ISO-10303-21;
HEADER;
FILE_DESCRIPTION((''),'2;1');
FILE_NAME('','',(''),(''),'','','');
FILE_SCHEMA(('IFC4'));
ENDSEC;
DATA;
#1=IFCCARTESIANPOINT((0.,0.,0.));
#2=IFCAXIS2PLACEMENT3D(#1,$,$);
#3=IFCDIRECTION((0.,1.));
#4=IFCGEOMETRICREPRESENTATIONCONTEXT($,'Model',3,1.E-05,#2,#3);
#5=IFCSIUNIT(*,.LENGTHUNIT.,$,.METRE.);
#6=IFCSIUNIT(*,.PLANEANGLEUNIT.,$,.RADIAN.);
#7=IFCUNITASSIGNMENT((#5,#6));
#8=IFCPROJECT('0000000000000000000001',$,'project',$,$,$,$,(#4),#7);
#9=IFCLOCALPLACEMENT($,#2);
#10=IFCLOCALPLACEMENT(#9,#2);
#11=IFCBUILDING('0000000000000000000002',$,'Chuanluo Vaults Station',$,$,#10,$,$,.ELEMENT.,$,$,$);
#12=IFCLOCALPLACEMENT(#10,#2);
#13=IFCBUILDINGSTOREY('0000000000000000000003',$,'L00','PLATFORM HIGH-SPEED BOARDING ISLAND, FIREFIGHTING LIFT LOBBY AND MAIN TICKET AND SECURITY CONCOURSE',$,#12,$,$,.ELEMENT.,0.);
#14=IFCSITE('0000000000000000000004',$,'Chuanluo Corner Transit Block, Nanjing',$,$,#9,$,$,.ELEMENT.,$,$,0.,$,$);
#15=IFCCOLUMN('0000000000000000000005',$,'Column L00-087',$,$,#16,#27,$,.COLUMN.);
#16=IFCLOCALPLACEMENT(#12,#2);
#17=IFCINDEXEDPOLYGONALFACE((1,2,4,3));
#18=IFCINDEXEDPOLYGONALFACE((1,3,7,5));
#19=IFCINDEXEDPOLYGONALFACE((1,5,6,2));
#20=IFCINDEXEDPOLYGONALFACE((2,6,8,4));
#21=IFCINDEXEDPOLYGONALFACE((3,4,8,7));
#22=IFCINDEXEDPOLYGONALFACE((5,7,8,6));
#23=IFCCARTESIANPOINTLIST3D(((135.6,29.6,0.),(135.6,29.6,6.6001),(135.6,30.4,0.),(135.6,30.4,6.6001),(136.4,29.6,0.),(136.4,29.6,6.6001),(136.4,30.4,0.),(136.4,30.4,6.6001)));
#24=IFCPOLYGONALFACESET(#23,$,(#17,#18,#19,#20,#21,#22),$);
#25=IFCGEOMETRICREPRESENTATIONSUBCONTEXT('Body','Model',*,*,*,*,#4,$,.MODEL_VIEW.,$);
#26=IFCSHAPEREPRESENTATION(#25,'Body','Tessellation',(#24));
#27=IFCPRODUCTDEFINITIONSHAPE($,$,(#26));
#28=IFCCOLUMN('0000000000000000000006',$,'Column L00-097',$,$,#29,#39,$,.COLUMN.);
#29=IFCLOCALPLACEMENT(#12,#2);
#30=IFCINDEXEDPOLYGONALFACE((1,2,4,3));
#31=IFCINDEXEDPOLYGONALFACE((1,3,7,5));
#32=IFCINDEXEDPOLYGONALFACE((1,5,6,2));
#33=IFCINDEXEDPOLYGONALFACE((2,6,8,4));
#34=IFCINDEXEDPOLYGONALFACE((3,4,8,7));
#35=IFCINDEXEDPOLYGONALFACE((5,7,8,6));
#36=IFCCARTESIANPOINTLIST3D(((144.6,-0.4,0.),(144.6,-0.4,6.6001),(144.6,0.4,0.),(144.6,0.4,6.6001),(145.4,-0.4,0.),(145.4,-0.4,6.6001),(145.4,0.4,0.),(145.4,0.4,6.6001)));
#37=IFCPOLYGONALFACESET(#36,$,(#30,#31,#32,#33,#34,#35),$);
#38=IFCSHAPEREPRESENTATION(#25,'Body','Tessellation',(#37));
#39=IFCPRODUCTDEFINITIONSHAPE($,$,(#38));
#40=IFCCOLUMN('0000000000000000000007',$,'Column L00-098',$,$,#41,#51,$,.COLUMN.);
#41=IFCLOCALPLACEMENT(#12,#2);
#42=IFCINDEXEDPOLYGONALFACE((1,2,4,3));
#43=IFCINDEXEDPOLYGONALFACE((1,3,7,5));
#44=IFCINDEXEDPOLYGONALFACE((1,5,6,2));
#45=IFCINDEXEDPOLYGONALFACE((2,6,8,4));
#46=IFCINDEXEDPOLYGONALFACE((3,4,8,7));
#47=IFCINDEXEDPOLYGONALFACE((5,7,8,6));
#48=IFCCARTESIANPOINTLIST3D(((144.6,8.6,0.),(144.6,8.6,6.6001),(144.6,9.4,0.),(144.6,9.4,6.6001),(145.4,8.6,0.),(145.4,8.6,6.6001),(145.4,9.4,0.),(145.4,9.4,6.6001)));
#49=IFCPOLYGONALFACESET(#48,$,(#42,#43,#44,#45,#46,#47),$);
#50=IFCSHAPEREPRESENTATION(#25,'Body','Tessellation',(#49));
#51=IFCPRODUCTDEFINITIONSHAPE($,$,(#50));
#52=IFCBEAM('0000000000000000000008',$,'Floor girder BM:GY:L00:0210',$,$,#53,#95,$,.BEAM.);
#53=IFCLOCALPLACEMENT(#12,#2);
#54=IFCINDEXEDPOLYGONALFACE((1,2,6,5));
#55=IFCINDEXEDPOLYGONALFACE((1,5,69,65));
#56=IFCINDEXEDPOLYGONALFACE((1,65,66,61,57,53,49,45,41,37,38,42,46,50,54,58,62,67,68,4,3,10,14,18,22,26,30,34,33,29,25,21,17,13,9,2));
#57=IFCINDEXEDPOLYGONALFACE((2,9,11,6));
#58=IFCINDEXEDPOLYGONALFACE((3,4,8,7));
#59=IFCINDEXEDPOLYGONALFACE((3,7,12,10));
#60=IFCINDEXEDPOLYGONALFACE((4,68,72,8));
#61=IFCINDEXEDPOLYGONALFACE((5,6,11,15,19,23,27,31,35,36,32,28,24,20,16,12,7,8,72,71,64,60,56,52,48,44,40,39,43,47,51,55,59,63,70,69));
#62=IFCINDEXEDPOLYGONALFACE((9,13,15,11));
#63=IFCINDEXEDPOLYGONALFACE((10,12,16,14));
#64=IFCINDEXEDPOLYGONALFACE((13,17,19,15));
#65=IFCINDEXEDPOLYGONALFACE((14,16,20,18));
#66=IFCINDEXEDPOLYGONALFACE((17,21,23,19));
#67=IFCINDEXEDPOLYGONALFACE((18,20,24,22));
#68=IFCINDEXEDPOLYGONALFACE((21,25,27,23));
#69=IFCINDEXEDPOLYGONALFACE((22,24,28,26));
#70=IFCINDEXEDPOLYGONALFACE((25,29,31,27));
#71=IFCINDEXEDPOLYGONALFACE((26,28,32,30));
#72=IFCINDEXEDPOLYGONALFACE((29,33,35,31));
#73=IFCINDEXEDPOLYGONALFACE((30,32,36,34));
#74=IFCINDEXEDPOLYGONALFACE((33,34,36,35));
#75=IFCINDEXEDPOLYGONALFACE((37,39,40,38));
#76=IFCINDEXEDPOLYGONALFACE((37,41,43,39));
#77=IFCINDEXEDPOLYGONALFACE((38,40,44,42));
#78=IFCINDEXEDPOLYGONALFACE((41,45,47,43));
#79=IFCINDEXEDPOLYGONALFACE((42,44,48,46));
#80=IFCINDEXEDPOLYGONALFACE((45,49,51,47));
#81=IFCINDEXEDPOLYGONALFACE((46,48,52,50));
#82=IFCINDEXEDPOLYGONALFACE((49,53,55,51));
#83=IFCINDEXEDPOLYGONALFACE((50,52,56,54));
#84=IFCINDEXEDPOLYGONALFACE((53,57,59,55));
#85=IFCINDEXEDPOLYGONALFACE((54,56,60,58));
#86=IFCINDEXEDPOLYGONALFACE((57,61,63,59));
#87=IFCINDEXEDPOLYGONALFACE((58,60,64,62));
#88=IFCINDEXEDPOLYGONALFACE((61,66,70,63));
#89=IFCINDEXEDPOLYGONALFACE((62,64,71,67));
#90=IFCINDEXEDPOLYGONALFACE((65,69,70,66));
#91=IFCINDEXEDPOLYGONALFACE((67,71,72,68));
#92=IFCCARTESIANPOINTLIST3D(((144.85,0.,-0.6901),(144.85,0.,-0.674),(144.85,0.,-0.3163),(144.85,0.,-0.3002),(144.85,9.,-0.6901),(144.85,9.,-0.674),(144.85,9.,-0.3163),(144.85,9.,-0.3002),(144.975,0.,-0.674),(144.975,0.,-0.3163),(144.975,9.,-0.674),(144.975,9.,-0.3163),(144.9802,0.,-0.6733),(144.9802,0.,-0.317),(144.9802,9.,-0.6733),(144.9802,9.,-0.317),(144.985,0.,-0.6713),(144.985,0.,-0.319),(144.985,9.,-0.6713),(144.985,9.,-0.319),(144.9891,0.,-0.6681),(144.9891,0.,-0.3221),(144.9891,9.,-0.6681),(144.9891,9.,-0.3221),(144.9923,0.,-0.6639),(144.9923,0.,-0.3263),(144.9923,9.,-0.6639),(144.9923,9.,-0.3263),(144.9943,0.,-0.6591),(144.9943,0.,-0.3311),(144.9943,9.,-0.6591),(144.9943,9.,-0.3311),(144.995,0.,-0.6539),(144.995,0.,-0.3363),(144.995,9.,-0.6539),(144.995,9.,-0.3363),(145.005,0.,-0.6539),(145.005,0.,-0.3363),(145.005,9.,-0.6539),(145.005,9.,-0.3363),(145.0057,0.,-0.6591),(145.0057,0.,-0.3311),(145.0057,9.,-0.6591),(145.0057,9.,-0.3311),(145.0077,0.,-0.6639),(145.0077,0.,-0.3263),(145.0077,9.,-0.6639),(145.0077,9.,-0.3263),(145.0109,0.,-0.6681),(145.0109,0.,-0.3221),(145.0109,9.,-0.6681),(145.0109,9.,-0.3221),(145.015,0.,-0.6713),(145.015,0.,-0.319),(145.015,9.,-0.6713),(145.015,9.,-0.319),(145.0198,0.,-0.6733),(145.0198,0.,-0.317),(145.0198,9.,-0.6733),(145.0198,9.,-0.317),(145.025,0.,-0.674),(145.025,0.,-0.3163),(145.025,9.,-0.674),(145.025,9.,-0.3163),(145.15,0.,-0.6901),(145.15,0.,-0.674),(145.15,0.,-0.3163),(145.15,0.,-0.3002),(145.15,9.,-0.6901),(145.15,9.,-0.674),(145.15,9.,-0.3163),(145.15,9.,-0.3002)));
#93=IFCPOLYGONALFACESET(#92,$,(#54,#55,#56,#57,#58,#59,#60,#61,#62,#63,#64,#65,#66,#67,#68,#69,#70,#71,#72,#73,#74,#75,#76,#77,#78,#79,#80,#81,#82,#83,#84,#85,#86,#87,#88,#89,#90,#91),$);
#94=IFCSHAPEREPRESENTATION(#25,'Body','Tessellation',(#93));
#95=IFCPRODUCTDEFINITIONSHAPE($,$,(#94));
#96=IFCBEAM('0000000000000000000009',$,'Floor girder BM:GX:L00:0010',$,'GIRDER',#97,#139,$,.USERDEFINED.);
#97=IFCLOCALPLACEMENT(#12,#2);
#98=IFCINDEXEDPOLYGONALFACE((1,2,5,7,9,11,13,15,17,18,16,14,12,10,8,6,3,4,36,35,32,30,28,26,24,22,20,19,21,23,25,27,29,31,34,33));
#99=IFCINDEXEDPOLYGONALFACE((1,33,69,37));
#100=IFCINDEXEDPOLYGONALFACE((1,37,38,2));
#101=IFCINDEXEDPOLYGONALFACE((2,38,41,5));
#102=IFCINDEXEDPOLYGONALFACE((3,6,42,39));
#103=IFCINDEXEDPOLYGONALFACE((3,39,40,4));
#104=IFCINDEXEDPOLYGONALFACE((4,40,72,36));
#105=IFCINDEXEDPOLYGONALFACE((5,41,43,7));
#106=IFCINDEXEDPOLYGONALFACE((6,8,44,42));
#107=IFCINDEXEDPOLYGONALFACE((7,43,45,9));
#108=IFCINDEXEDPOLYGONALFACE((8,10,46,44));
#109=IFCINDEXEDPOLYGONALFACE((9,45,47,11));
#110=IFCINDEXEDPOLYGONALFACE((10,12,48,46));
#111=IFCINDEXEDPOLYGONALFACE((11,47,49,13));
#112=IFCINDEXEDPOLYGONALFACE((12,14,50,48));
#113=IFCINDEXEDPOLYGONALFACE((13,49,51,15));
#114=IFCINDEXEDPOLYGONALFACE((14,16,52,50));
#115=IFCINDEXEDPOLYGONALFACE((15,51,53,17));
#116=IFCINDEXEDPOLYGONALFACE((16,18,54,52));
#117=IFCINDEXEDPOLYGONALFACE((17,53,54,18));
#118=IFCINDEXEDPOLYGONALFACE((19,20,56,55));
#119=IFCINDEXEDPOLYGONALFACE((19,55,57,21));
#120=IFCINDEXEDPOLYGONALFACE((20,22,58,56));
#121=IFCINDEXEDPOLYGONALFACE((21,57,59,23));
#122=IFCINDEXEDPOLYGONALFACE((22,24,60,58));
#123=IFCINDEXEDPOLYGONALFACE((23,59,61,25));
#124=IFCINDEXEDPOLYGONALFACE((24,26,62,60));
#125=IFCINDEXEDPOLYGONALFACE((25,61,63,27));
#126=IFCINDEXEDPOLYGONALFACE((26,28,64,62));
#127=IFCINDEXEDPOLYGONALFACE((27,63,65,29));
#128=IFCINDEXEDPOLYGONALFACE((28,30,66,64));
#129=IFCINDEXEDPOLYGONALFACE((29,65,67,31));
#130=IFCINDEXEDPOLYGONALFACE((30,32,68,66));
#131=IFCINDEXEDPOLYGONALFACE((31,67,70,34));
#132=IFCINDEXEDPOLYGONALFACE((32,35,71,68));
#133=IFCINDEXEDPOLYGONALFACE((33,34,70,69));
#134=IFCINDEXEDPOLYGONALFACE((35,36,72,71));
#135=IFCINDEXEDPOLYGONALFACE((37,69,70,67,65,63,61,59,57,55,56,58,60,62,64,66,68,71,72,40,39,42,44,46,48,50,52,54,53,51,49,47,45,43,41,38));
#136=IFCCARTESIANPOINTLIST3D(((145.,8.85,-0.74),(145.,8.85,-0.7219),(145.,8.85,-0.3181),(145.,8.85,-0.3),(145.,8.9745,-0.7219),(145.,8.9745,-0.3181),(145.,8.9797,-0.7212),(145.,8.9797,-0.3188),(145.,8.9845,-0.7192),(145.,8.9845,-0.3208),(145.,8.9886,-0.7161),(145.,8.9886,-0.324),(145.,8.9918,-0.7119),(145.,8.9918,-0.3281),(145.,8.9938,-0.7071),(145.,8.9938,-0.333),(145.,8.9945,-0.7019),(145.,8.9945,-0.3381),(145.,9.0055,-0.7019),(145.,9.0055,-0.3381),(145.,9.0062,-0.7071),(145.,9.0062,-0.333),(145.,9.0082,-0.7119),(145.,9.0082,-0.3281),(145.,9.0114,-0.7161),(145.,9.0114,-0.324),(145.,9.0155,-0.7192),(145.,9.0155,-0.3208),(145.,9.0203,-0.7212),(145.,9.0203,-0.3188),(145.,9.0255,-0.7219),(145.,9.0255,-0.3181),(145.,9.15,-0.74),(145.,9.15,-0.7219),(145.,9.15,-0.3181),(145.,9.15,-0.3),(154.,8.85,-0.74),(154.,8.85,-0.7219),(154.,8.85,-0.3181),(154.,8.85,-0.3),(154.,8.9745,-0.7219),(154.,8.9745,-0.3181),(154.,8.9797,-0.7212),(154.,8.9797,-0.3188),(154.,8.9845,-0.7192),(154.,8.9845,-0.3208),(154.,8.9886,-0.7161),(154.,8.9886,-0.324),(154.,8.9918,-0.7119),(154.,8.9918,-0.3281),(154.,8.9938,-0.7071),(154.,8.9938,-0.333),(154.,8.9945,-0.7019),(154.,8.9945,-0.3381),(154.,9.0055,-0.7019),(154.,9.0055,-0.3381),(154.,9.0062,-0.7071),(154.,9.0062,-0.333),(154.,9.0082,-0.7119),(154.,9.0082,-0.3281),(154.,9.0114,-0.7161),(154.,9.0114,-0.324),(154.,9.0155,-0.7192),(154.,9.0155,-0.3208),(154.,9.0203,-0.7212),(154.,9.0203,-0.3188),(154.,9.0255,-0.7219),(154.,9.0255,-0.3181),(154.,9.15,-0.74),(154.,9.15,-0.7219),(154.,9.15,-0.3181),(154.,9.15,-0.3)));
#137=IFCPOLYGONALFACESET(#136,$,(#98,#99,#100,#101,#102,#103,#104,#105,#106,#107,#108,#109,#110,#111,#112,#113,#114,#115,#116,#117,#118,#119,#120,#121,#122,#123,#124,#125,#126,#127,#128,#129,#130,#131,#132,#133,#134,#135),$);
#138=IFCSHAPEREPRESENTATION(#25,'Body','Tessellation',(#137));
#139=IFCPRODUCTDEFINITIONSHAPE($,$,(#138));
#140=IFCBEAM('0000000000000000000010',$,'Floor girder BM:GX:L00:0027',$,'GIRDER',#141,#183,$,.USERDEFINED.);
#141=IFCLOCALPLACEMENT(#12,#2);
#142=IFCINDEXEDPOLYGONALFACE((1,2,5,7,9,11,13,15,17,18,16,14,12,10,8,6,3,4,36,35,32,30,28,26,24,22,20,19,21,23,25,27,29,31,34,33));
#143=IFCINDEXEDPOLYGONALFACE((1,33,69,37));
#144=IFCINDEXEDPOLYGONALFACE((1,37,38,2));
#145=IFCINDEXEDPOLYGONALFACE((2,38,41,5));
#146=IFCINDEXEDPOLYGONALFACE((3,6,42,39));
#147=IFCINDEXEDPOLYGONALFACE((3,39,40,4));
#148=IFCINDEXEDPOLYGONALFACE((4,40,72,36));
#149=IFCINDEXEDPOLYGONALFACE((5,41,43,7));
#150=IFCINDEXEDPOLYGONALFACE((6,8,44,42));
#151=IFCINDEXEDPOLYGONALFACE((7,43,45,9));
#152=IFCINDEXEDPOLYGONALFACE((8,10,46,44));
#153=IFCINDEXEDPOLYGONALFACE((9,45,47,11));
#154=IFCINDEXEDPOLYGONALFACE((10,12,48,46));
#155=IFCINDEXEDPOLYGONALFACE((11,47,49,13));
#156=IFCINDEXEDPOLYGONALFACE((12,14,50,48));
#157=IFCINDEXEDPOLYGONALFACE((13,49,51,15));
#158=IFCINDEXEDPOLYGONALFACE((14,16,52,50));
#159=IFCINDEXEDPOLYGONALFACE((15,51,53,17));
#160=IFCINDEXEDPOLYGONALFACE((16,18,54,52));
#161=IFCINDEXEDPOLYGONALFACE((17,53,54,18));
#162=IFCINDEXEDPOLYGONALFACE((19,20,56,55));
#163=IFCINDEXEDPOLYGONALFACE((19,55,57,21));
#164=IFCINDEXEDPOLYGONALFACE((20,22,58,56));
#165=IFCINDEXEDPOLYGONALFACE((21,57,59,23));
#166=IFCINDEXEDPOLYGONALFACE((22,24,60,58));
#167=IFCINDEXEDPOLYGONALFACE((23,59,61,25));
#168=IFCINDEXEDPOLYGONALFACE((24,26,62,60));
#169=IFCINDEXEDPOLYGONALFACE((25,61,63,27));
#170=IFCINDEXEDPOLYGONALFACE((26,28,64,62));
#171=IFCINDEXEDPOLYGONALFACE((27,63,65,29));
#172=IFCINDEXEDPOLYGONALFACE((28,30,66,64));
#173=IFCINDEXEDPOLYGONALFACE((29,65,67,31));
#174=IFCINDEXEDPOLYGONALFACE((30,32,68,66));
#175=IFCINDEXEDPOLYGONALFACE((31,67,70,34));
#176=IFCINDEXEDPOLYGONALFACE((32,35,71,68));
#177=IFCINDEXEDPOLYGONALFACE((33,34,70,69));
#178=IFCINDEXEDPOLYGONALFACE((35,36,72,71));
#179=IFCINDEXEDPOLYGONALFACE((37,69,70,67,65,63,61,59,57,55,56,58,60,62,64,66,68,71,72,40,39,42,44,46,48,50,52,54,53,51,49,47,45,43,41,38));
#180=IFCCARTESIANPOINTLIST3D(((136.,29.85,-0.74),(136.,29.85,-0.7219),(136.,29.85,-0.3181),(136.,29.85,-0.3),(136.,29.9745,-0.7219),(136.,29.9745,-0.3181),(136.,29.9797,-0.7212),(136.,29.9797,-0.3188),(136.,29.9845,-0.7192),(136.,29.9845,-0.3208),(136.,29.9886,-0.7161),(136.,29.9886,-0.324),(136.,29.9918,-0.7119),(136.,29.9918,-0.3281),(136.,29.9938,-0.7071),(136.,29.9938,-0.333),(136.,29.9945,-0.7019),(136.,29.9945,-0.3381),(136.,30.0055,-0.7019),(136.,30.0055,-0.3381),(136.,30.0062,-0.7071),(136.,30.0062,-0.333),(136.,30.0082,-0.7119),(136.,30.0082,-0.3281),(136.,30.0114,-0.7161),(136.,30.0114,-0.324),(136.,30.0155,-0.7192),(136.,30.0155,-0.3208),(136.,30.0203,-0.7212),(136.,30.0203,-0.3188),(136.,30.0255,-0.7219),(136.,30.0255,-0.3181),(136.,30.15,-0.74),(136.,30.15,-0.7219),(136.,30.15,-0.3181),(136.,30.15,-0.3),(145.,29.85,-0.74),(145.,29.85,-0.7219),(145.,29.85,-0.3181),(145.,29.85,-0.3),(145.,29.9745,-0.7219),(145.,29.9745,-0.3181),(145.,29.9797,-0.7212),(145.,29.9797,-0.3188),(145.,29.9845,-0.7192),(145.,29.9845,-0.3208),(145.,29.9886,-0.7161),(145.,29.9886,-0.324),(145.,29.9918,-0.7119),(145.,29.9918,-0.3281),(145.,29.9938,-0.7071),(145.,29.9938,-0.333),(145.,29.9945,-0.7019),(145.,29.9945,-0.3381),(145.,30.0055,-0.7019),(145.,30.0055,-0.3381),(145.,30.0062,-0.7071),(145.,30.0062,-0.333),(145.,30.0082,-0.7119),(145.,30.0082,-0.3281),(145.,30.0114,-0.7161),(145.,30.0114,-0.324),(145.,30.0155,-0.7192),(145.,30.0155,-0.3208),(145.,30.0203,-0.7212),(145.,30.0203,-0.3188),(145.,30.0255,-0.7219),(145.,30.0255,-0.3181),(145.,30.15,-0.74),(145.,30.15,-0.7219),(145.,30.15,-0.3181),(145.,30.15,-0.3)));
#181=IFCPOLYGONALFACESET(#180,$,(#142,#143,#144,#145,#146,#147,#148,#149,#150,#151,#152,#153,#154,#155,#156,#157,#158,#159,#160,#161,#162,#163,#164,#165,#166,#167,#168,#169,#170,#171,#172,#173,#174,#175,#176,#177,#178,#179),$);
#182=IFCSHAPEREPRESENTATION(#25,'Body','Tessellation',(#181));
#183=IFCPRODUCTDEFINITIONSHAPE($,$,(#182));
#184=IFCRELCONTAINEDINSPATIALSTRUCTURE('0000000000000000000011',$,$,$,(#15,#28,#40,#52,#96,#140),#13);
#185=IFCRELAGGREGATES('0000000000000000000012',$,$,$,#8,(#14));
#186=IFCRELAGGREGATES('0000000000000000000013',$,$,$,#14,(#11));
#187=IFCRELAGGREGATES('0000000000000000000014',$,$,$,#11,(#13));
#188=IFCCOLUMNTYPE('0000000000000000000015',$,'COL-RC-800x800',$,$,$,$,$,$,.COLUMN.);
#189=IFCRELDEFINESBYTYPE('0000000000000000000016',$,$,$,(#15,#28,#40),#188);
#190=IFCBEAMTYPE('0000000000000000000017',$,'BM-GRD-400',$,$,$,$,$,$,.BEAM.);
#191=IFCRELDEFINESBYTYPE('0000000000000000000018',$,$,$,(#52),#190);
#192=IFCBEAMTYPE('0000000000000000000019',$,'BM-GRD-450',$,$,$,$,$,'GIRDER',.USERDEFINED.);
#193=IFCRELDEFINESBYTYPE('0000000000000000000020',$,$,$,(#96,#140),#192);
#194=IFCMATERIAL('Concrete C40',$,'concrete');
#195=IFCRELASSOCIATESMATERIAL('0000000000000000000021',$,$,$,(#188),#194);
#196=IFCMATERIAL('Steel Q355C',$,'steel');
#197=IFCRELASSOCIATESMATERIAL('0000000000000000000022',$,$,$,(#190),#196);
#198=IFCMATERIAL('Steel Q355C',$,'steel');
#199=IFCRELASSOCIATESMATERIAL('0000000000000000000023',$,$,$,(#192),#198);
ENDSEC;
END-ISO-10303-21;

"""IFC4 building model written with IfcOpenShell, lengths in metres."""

from ifc_helpers import new_model, si_unit, direction, frame, origin, origin_2d, place, context, subcontext, project, spatial, rectangle, i_section, extrude, material, material_profile, profile_set, type_object, element, save


model = new_model("IFC4")

# Units and contexts
model_context = context("Model", 3, precision=1e-05, world=origin(), true_north=direction((0.0, 1.0)))
body_context = subcontext(model_context, "Body", "Model", "MODEL_VIEW")
ifc_project = project(units=[si_unit("LENGTHUNIT", "METRE"), si_unit("PLANEANGLEUNIT", "RADIAN")], contexts=[model_context])

# Site, building, storey
site_placement = place(None, origin())
site = spatial("IfcSite", under=ifc_project, at=site_placement, Name="Chuanluo Corner Transit Block, Nanjing", CompositionType="ELEMENT", RefElevation=0.0)
building_placement = place(site_placement, origin())
building = spatial("IfcBuilding", under=site, at=building_placement, Name="Chuanluo Vaults Station", CompositionType="ELEMENT")
storey_placement = place(building_placement, origin())
storey = spatial("IfcBuildingStorey", under=building, at=storey_placement, Name="L00", Description="PLATFORM HIGH-SPEED BOARDING ISLAND, FIREFIGHTING LIFT LOBBY AND MAIN TICKET AND SECURITY CONCOURSE", CompositionType="ELEMENT", Elevation=0.0)

# Columns
ifc_material_1 = material(Name="Concrete C40", Category="concrete")
ifc_material_profile_1 = material_profile(ifc_material_1, rectangle(XDim=0.8, YDim=0.8, at=origin_2d()))
ifc_profile_set_1 = profile_set([ifc_material_profile_1], Name="Concrete C40")
column_type = type_object("IfcColumnType", Name="COL-RC-800x800", PredefinedType="COLUMN", material=ifc_profile_set_1)
for number, where, z_axis, x_axis, name in (
    (1, (136.0, 30.0, 0.0), (0.0, 0.0, 1.0), (1.0, 0.0, 0.0), "Column L00-087"),
    (2, (145.0, 0.0, 0.0), (0.0, 0.0, 1.0), (1.0, 0.0, 0.0), "Column L00-097"),
    (3, (145.0, 9.0, 0.0), (0.0, 0.0, 1.0), (1.0, 0.0, 0.0), "Column L00-098"),
):
    element("IfcColumn", number, at=place(storey_placement, frame(where, z_axis=z_axis, x_axis=x_axis)), inside=storey, type_object=column_type, Name=name, PredefinedType="COLUMN", context=body_context, shape_type="SweptSolid", body=[
        extrude(rectangle(XDim=0.8, YDim=0.8, at=origin_2d()), origin(), (0.0, 0.0, 1.0), 6.6001),
    ])

# Beams
ifc_material_2 = material(Name="Steel Q355C", Category="steel")
ifc_material_profile_2 = material_profile(ifc_material_2, i_section(OverallWidth=0.3, OverallDepth=0.3899, WebThickness=0.01, FlangeThickness=0.0161, FilletRadius=0.02, at=origin_2d()))
ifc_profile_set_2 = profile_set([ifc_material_profile_2], Name="Steel Q355C")
beam_type_1 = type_object("IfcBeamType", Name="BM-GRD-400", PredefinedType="BEAM", material=ifc_profile_set_2)
beam_1_placement = place(storey_placement, frame((145.0, 0.0, -0.4951), z_axis=(0.0, 1.0, 0.0), x_axis=(-1.0, 0.0, 0.0)))
element("IfcBeam", 4, at=beam_1_placement, inside=storey, type_object=beam_type_1, Name="Floor girder BM:GY:L00:0210", PredefinedType="BEAM", context=body_context, shape_type="SweptSolid", body=[
    extrude(i_section(OverallWidth=0.3, OverallDepth=0.3899, WebThickness=0.01, FlangeThickness=0.0161, FilletRadius=0.02, at=origin_2d()), origin(), (0.0, 0.0, 1.0), 9.0),
])
ifc_material_3 = material(Name="Steel Q355C", Category="steel")
ifc_material_profile_3 = material_profile(ifc_material_3, i_section(OverallWidth=0.3, OverallDepth=0.4399, WebThickness=0.011, FlangeThickness=0.0181, FilletRadius=0.02, at=origin_2d()))
ifc_profile_set_3 = profile_set([ifc_material_profile_3], Name="Steel Q355C")
beam_type_2 = type_object("IfcBeamType", Name="BM-GRD-450", ElementType="GIRDER", PredefinedType="USERDEFINED", material=ifc_profile_set_3)
for number, where, z_axis, x_axis, name in (
    (5, (145.0, 9.0, -0.52), (1.0, 0.0, 0.0), (0.0, 1.0, 0.0), "Floor girder BM:GX:L00:0010"),
    (6, (136.0, 30.0, -0.52), (1.0, 0.0, 0.0), (0.0, 1.0, 0.0), "Floor girder BM:GX:L00:0027"),
):
    element("IfcBeam", number, at=place(storey_placement, frame(where, z_axis=z_axis, x_axis=x_axis)), inside=storey, type_object=beam_type_2, Name=name, ObjectType="GIRDER", PredefinedType="USERDEFINED", context=body_context, shape_type="SweptSolid", body=[
        extrude(i_section(OverallWidth=0.3, OverallDepth=0.4399, WebThickness=0.011, FlangeThickness=0.0181, FilletRadius=0.02, at=origin_2d()), origin(), (0.0, 0.0, 1.0), 9.0),
    ])

save(model, "model.ifc")
